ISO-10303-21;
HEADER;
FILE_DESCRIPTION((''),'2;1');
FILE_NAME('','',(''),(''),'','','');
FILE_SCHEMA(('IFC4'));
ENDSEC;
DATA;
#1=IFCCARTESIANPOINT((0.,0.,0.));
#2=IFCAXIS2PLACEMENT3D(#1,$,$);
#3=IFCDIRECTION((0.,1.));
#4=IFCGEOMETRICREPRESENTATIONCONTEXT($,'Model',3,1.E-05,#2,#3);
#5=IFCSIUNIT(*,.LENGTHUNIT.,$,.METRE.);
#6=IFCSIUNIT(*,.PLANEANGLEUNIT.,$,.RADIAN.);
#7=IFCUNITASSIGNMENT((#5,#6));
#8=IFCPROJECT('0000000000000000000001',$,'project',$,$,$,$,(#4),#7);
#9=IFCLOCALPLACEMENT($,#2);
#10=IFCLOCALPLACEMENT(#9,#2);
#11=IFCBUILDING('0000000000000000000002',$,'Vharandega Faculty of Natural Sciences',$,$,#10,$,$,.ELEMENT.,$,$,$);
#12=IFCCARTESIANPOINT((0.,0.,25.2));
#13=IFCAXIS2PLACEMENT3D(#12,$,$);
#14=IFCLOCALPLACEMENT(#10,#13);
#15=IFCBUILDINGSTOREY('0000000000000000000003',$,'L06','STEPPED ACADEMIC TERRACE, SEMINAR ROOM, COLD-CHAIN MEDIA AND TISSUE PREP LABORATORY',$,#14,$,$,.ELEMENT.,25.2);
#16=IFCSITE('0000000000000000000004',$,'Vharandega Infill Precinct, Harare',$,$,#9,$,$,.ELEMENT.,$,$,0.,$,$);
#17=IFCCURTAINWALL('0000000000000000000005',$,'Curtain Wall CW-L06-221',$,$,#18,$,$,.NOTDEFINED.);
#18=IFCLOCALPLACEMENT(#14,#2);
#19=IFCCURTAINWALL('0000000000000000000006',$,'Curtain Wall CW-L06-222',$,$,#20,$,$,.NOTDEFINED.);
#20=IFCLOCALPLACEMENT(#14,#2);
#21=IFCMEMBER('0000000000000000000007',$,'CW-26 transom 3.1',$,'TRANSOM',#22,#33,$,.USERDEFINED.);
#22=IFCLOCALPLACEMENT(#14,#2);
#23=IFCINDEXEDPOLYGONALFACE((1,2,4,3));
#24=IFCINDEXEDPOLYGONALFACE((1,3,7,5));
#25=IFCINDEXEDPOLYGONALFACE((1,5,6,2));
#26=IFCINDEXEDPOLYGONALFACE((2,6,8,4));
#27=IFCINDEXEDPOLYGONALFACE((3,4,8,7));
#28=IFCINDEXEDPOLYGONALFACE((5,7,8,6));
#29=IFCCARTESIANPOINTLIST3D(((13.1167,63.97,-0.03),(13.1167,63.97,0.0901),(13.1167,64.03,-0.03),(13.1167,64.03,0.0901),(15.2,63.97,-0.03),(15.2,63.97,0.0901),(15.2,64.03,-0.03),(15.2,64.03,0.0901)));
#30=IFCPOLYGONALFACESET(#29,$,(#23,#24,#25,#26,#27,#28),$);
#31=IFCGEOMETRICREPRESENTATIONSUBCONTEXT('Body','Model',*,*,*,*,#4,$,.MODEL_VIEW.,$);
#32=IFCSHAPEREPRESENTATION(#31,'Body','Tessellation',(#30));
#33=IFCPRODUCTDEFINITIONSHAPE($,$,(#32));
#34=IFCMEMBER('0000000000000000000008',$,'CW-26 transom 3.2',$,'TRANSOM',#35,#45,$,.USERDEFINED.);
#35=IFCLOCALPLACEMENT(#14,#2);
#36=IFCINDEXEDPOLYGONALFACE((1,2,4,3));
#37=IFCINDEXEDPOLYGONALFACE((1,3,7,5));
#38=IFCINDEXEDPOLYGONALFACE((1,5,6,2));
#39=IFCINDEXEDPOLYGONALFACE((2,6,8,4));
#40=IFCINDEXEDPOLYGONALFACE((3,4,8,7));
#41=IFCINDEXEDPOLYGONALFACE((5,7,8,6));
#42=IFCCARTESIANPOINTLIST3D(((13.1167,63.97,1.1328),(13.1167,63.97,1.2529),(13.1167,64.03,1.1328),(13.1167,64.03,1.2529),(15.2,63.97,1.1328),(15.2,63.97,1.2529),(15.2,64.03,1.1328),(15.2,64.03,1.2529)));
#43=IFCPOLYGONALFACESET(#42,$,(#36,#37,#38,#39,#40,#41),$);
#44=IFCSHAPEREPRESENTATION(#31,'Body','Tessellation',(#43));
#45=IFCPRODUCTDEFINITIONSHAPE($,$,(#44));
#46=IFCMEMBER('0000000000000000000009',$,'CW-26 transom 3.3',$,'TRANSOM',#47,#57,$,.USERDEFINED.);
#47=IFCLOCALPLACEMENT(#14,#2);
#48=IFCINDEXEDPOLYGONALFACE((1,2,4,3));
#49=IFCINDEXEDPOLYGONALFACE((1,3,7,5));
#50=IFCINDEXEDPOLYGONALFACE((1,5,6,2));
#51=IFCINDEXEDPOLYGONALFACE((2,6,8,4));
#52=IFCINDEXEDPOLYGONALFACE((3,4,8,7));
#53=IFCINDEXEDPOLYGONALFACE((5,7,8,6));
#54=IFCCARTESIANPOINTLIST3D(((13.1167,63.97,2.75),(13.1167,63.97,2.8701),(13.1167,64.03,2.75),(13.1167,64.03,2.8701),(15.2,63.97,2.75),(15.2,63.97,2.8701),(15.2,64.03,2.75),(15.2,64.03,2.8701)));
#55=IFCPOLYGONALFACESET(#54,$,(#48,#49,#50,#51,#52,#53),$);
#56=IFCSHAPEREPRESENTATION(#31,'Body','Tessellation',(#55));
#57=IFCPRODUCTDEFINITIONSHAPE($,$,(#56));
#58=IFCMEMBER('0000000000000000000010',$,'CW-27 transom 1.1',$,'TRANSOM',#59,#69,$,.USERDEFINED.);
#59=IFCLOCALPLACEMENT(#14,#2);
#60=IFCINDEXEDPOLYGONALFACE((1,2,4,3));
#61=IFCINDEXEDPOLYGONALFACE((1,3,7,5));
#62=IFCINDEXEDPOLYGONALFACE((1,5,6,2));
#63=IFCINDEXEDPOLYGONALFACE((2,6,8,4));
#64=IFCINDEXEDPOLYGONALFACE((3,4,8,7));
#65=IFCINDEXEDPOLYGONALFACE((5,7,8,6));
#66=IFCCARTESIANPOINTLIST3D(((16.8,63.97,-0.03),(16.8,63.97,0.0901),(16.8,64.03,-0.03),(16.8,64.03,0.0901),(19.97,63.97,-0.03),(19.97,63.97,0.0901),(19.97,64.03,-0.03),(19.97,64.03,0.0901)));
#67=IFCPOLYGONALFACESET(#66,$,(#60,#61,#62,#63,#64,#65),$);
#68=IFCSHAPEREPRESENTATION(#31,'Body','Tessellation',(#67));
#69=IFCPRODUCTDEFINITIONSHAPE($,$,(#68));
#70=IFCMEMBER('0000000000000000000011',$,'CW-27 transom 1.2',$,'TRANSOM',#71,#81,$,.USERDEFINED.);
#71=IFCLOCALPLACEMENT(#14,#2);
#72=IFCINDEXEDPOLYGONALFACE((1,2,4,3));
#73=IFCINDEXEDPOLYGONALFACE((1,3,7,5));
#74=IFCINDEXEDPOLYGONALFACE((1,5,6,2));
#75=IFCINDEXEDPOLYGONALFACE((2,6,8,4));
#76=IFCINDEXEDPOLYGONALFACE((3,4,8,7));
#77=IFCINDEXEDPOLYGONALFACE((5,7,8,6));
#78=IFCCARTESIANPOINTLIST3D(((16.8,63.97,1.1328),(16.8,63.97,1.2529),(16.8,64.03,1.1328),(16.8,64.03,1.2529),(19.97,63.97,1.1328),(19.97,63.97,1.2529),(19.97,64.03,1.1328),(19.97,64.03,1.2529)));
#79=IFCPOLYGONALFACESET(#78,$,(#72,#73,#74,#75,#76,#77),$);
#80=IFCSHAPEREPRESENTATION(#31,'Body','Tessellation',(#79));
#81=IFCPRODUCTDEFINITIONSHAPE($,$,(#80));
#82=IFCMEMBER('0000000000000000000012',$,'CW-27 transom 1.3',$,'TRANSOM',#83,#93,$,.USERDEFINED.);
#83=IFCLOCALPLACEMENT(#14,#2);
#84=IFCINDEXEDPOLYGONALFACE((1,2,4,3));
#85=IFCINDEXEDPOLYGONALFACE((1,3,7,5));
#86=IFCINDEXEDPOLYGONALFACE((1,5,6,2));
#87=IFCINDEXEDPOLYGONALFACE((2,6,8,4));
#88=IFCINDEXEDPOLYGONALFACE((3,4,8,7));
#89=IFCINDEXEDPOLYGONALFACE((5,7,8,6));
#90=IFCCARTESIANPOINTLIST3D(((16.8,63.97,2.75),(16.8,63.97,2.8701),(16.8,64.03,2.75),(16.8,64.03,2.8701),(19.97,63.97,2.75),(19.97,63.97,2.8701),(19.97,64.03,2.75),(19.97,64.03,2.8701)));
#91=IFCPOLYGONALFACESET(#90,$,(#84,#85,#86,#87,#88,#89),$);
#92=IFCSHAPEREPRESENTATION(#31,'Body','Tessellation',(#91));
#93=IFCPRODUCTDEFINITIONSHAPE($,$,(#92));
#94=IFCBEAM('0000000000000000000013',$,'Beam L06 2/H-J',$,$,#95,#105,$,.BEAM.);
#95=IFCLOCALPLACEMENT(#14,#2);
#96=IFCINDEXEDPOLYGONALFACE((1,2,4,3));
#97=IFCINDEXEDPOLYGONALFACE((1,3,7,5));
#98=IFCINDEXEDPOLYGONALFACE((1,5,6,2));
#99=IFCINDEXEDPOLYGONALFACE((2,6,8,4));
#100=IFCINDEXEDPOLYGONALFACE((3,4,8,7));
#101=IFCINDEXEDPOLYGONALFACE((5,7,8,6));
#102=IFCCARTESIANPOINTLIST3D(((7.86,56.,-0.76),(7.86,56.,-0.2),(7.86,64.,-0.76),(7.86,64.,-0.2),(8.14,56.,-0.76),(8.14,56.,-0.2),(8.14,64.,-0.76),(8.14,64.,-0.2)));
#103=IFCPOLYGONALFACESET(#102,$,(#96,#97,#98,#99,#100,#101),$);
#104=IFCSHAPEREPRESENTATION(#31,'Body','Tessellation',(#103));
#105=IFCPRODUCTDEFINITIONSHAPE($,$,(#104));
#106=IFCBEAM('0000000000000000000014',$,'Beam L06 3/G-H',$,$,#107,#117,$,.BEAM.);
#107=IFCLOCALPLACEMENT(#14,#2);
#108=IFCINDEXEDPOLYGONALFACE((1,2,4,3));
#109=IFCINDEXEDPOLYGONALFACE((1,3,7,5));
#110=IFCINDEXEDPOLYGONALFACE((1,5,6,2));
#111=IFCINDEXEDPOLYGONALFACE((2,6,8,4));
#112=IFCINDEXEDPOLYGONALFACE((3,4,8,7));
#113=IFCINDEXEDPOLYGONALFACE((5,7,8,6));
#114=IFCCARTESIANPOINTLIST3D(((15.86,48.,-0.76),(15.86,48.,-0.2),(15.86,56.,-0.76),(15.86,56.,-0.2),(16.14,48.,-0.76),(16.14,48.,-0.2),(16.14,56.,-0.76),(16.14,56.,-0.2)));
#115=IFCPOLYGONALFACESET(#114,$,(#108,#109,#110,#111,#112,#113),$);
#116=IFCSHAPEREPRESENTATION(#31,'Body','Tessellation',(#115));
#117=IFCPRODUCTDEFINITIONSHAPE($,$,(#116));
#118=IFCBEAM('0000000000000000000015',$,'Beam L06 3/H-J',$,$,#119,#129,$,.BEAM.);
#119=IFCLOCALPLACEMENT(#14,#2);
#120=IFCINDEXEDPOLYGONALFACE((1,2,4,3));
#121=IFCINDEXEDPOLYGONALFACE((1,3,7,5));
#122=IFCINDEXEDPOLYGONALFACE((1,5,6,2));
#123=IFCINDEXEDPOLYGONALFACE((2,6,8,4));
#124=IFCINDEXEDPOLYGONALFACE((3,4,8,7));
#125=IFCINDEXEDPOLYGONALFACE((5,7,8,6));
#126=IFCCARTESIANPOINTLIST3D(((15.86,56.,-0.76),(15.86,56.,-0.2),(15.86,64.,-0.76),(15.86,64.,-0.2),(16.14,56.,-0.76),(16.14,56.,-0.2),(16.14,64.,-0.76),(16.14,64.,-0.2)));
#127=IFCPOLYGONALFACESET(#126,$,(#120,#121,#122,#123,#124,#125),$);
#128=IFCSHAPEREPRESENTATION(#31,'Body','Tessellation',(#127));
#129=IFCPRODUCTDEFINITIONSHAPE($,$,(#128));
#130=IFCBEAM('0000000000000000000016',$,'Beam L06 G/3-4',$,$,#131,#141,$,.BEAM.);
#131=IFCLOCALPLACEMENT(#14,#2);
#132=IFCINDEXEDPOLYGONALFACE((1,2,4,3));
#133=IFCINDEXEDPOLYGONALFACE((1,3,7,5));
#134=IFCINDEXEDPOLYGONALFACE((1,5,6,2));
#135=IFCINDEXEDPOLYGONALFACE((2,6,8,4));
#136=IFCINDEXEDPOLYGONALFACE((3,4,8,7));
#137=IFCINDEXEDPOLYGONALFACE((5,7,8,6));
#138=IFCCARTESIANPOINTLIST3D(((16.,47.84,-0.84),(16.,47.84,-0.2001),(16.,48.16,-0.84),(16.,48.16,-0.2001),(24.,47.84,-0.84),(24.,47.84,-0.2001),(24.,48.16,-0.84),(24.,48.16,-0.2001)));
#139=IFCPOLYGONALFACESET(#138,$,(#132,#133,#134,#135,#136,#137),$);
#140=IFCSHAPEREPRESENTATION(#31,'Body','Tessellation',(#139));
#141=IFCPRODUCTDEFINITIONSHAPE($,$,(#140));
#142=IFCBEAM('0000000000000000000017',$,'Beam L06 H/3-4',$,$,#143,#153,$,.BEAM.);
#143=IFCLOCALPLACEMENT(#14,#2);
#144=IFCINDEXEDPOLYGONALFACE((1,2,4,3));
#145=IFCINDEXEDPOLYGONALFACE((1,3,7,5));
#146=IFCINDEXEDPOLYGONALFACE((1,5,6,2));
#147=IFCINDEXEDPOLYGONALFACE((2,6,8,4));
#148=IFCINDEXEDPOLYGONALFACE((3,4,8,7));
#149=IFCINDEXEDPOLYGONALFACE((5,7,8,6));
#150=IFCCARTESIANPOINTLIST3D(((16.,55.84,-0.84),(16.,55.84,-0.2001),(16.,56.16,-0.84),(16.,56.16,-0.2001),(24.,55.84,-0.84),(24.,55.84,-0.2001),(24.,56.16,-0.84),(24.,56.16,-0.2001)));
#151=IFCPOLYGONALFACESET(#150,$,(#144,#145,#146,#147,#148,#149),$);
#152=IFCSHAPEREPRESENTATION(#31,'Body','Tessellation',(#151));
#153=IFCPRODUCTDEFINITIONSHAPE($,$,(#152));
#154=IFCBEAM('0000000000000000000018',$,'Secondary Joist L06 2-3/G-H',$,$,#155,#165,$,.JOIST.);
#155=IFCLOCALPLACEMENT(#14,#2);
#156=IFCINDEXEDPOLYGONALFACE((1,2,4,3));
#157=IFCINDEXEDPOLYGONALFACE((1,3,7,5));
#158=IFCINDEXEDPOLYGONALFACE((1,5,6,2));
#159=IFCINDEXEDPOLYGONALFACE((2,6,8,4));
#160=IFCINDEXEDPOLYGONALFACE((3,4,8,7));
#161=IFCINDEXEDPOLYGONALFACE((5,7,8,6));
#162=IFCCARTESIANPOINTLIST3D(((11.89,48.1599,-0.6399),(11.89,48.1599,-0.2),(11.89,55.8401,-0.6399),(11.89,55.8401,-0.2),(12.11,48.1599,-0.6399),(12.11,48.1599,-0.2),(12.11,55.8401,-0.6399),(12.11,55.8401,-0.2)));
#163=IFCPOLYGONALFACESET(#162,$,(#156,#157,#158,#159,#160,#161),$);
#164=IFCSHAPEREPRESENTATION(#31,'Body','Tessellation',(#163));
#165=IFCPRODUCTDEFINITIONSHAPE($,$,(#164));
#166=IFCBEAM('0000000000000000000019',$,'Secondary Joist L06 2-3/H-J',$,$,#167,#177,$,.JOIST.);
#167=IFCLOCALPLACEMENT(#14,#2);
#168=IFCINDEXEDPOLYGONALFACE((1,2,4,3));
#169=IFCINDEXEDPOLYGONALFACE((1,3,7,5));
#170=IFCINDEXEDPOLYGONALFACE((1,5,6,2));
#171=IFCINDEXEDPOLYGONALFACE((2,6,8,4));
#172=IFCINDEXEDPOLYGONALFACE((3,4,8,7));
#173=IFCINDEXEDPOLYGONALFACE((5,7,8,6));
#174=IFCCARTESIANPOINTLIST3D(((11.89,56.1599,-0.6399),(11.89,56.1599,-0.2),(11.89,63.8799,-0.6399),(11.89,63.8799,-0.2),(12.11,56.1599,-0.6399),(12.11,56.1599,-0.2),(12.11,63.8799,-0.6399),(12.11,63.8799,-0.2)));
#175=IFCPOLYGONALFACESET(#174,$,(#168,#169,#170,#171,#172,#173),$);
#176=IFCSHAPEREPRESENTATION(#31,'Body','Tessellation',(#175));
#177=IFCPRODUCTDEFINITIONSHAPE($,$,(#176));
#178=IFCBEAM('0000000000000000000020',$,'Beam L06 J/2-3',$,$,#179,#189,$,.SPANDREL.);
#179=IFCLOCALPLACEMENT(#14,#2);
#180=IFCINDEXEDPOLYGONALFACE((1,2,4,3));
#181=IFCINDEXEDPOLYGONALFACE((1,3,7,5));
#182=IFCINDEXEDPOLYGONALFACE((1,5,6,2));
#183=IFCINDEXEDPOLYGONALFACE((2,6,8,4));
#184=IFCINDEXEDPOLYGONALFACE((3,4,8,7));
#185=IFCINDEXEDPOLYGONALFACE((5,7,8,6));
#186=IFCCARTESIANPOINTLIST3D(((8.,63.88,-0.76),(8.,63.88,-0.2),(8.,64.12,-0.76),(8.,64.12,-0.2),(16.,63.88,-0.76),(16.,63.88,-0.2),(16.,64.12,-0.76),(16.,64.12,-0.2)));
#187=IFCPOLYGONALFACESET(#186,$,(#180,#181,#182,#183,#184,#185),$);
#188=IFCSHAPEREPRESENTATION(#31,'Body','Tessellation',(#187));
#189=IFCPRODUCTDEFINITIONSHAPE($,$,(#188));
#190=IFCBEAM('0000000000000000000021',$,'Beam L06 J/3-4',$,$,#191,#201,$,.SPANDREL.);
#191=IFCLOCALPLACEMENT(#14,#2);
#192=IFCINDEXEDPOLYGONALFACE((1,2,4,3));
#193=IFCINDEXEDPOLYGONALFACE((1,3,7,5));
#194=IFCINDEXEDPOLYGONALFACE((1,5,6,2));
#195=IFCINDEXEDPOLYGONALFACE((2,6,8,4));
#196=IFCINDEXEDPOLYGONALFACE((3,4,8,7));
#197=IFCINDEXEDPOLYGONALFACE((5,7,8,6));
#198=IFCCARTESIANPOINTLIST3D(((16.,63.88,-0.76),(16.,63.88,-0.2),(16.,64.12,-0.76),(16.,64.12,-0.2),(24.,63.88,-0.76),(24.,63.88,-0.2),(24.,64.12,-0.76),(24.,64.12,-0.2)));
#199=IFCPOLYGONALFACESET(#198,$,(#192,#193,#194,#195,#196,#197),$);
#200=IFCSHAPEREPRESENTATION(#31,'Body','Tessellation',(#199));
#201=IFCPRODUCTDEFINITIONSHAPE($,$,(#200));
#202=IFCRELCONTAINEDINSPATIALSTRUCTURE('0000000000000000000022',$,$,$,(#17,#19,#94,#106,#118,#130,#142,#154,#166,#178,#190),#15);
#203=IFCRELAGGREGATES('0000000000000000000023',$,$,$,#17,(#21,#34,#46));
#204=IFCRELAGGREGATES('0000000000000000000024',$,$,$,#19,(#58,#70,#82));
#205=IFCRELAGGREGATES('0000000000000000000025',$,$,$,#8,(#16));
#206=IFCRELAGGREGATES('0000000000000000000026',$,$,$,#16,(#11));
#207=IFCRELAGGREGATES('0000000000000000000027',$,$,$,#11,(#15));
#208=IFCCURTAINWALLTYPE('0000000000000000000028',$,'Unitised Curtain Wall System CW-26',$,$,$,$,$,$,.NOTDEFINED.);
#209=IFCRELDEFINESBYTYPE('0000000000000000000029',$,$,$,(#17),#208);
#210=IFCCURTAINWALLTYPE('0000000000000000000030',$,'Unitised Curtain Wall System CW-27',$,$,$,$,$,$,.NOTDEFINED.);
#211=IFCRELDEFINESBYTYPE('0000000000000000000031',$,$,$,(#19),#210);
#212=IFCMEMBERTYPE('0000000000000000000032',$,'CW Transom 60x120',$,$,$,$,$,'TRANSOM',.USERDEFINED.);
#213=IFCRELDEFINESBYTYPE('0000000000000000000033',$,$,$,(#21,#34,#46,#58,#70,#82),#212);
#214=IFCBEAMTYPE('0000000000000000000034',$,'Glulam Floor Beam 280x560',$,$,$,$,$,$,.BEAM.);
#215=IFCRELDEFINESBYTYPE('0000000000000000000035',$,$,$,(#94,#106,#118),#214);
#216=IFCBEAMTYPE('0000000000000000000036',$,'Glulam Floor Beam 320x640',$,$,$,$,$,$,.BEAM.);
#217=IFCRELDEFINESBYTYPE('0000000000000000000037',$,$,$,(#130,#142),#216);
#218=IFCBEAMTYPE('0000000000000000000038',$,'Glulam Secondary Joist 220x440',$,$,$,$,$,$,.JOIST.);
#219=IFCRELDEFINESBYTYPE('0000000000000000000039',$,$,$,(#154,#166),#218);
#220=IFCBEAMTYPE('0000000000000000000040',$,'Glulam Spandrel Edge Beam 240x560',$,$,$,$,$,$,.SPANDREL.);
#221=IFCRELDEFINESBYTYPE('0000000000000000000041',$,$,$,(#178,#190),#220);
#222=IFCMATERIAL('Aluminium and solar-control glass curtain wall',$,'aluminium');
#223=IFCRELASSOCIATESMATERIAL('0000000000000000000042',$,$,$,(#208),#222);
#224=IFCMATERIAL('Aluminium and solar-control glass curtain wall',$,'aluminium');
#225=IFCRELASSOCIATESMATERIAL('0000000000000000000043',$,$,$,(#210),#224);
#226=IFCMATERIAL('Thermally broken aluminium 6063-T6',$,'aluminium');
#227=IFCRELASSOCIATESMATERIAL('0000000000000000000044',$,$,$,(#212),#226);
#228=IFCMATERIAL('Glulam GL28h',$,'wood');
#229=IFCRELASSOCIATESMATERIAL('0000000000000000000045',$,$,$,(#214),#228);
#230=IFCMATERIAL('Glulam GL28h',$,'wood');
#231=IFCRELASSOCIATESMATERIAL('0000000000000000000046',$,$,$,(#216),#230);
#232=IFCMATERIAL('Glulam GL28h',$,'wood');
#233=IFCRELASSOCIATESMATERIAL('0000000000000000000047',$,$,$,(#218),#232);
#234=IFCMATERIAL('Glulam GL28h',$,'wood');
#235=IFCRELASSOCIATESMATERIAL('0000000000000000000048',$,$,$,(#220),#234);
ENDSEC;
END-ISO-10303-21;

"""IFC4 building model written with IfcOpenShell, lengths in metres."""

from ifc_helpers import new_model, si_unit, direction, frame, origin, origin_2d, place, context, subcontext, project, spatial, rectangle, extrude, material, material_profile, profile_set, type_object, element, aggregate, save


model = new_model("IFC4")

# Units and contexts
model_context = context("Model", 3, precision=1e-05, world=origin(), true_north=direction((0.0, 1.0)))
body_context = subcontext(model_context, "Body", "Model", "MODEL_VIEW")
ifc_project = project(units=[si_unit("LENGTHUNIT", "METRE"), si_unit("PLANEANGLEUNIT", "RADIAN")], contexts=[model_context])

# Site, building, storey
site_placement = place(None, origin())
site = spatial("IfcSite", under=ifc_project, at=site_placement, Name="Vharandega Infill Precinct, Harare", CompositionType="ELEMENT", RefElevation=0.0)
building_placement = place(site_placement, origin())
building = spatial("IfcBuilding", under=site, at=building_placement, Name="Vharandega Faculty of Natural Sciences", CompositionType="ELEMENT")
storey_placement = place(building_placement, frame((0.0, 0.0, 25.2)))
storey = spatial("IfcBuildingStorey", under=building, at=storey_placement, Name="L06", Description="STEPPED ACADEMIC TERRACE, SEMINAR ROOM, COLD-CHAIN MEDIA AND TISSUE PREP LABORATORY", CompositionType="ELEMENT", Elevation=25.2)

# Curtain wall
ifc_material_1 = material(Name="Aluminium and solar-control glass curtain wall", Category="aluminium")
curtain_wall_type_1 = type_object("IfcCurtainWallType", Name="Unitised Curtain Wall System CW-26", PredefinedType="NOTDEFINED", material=ifc_material_1)
curtain_wall_1_placement = place(storey_placement, origin())
curtain_wall_1 = element("IfcCurtainWall", 1, at=curtain_wall_1_placement, inside=storey, type_object=curtain_wall_type_1, Name="Curtain Wall CW-L06-221", PredefinedType="NOTDEFINED")

# Curtain wall
ifc_material_2 = material(Name="Aluminium and solar-control glass curtain wall", Category="aluminium")
curtain_wall_type_2 = type_object("IfcCurtainWallType", Name="Unitised Curtain Wall System CW-27", PredefinedType="NOTDEFINED", material=ifc_material_2)
curtain_wall_2_placement = place(storey_placement, origin())
curtain_wall_2 = element("IfcCurtainWall", 2, at=curtain_wall_2_placement, inside=storey, type_object=curtain_wall_type_2, Name="Curtain Wall CW-L06-222", PredefinedType="NOTDEFINED")

# Members
ifc_material_3 = material(Name="Thermally broken aluminium 6063-T6", Category="aluminium")
ifc_material_profile_1 = material_profile(ifc_material_3, rectangle(XDim=0.0601, YDim=0.1201, at=origin_2d()), Name="ALU 60x120")
ifc_profile_set_1 = profile_set([ifc_material_profile_1], Name="Thermally broken aluminium 6063-T6")
member_type_1 = type_object("IfcMemberType", Name="CW Transom 60x120", ElementType="TRANSOM", PredefinedType="USERDEFINED", material=ifc_profile_set_1)
member_1_placement = place(storey_placement, frame((13.1167, 64.0, 0.03), z_axis=(1.0, 0.0, 0.0), x_axis=(0.0, 1.0, 0.0)))
member_1 = element("IfcMember", 3, at=member_1_placement, type_object=member_type_1, Name="CW-26 transom 3.1", ObjectType="TRANSOM", PredefinedType="USERDEFINED", context=body_context, shape_type="SweptSolid", body=[
    extrude(rectangle(XDim=0.0601, YDim=0.1201, at=origin_2d()), origin(), (0.0, 0.0, 1.0), 2.0833),
])
member_2_placement = place(storey_placement, frame((13.1167, 64.0, 1.1929), z_axis=(1.0, 0.0, 0.0), x_axis=(0.0, 1.0, 0.0)))
member_2 = element("IfcMember", 4, at=member_2_placement, type_object=member_type_1, Name="CW-26 transom 3.2", ObjectType="TRANSOM", PredefinedType="USERDEFINED", context=body_context, shape_type="SweptSolid", body=[
    extrude(rectangle(XDim=0.0601, YDim=0.1201, at=origin_2d()), origin(), (0.0, 0.0, 1.0), 2.0833),
])
member_3_placement = place(storey_placement, frame((13.1167, 64.0, 2.8101), z_axis=(1.0, 0.0, 0.0), x_axis=(0.0, 1.0, 0.0)))
member_3 = element("IfcMember", 5, at=member_3_placement, type_object=member_type_1, Name="CW-26 transom 3.3", ObjectType="TRANSOM", PredefinedType="USERDEFINED", context=body_context, shape_type="SweptSolid", body=[
    extrude(rectangle(XDim=0.0601, YDim=0.1201, at=origin_2d()), origin(), (0.0, 0.0, 1.0), 2.0833),
])
member_4_placement = place(storey_placement, frame((16.8, 64.0, 0.03), z_axis=(1.0, 0.0, 0.0), x_axis=(0.0, 1.0, 0.0)))
member_4 = element("IfcMember", 6, at=member_4_placement, type_object=member_type_1, Name="CW-27 transom 1.1", ObjectType="TRANSOM", PredefinedType="USERDEFINED", context=body_context, shape_type="SweptSolid", body=[
    extrude(rectangle(XDim=0.0601, YDim=0.1201, at=origin_2d()), origin(), (0.0, 0.0, 1.0), 3.1699),
])
member_5_placement = place(storey_placement, frame((16.8, 64.0, 1.1929), z_axis=(1.0, 0.0, 0.0), x_axis=(0.0, 1.0, 0.0)))
member_5 = element("IfcMember", 7, at=member_5_placement, type_object=member_type_1, Name="CW-27 transom 1.2", ObjectType="TRANSOM", PredefinedType="USERDEFINED", context=body_context, shape_type="SweptSolid", body=[
    extrude(rectangle(XDim=0.0601, YDim=0.1201, at=origin_2d()), origin(), (0.0, 0.0, 1.0), 3.1699),
])
member_6_placement = place(storey_placement, frame((16.8, 64.0, 2.8101), z_axis=(1.0, 0.0, 0.0), x_axis=(0.0, 1.0, 0.0)))
member_6 = element("IfcMember", 8, at=member_6_placement, type_object=member_type_1, Name="CW-27 transom 1.3", ObjectType="TRANSOM", PredefinedType="USERDEFINED", context=body_context, shape_type="SweptSolid", body=[
    extrude(rectangle(XDim=0.0601, YDim=0.1201, at=origin_2d()), origin(), (0.0, 0.0, 1.0), 3.1699),
])

# Beams
ifc_material_4 = material(Name="Glulam GL28h", Category="wood")
ifc_material_profile_2 = material_profile(ifc_material_4, rectangle(XDim=0.28, YDim=0.5601, at=origin_2d()), Name="GL28h 280x560")
ifc_profile_set_2 = profile_set([ifc_material_profile_2], Name="Glulam GL28h")
beam_type_1 = type_object("IfcBeamType", Name="Glulam Floor Beam 280x560", PredefinedType="BEAM", material=ifc_profile_set_2)
for number, where, z_axis, x_axis, name in (
    (9, (8.0, 56.0, -0.48), (0.0, 1.0, 0.0), (-1.0, 0.0, 0.0), "Beam L06 2/H-J"),
    (10, (16.0, 48.0, -0.48), (0.0, 1.0, 0.0), (-1.0, 0.0, 0.0), "Beam L06 3/G-H"),
    (11, (16.0, 56.0, -0.48), (0.0, 1.0, 0.0), (-1.0, 0.0, 0.0), "Beam L06 3/H-J"),
):
    element("IfcBeam", number, at=place(storey_placement, frame(where, z_axis=z_axis, x_axis=x_axis)), inside=storey, type_object=beam_type_1, Name=name, PredefinedType="BEAM", context=body_context, shape_type="SweptSolid", body=[
        extrude(rectangle(XDim=0.28, YDim=0.5601, at=origin_2d()), origin(), (0.0, 0.0, 1.0), 8.0),
    ])
ifc_material_5 = material(Name="Glulam GL28h", Category="wood")
ifc_material_profile_3 = material_profile(ifc_material_5, rectangle(XDim=0.3201, YDim=0.6399, at=origin_2d()), Name="GL28h 320x640")
ifc_profile_set_3 = profile_set([ifc_material_profile_3], Name="Glulam GL28h")
beam_type_2 = type_object("IfcBeamType", Name="Glulam Floor Beam 320x640", PredefinedType="BEAM", material=ifc_profile_set_3)
for number, where, z_axis, x_axis, name in (
    (12, (16.0, 48.0, -0.52), (1.0, 0.0, 0.0), (0.0, 1.0, 0.0), "Beam L06 G/3-4"),
    (13, (16.0, 56.0, -0.52), (1.0, 0.0, 0.0), (0.0, 1.0, 0.0), "Beam L06 H/3-4"),
):
    element("IfcBeam", number, at=place(storey_placement, frame(where, z_axis=z_axis, x_axis=x_axis)), inside=storey, type_object=beam_type_2, Name=name, PredefinedType="BEAM", context=body_context, shape_type="SweptSolid", body=[
        extrude(rectangle(XDim=0.3201, YDim=0.6399, at=origin_2d()), origin(), (0.0, 0.0, 1.0), 8.0),
    ])
ifc_material_6 = material(Name="Glulam GL28h", Category="wood")
ifc_material_profile_4 = material_profile(ifc_material_6, rectangle(XDim=0.22, YDim=0.4399, at=origin_2d()), Name="GL28h 220x440")
ifc_profile_set_4 = profile_set([ifc_material_profile_4], Name="Glulam GL28h")
beam_type_3 = type_object("IfcBeamType", Name="Glulam Secondary Joist 220x440", PredefinedType="JOIST", material=ifc_profile_set_4)
beam_1_placement = place(storey_placement, frame((12.0, 48.1599, -0.4199), z_axis=(0.0, 1.0, 0.0), x_axis=(-1.0, 0.0, 0.0)))
element("IfcBeam", 14, at=beam_1_placement, inside=storey, type_object=beam_type_3, Name="Secondary Joist L06 2-3/G-H", PredefinedType="JOIST", context=body_context, shape_type="SweptSolid", body=[
    extrude(rectangle(XDim=0.22, YDim=0.4399, at=origin_2d()), origin(), (0.0, 0.0, 1.0), 7.6802),
])
beam_2_placement = place(storey_placement, frame((12.0, 56.1599, -0.4199), z_axis=(0.0, 1.0, 0.0), x_axis=(-1.0, 0.0, 0.0)))
element("IfcBeam", 15, at=beam_2_placement, inside=storey, type_object=beam_type_3, Name="Secondary Joist L06 2-3/H-J", PredefinedType="JOIST", context=body_context, shape_type="SweptSolid", body=[
    extrude(rectangle(XDim=0.22, YDim=0.4399, at=origin_2d()), origin(), (0.0, 0.0, 1.0), 7.72),
])
ifc_material_7 = material(Name="Glulam GL28h", Category="wood")
ifc_material_profile_5 = material_profile(ifc_material_7, rectangle(XDim=0.24, YDim=0.5601, at=origin_2d()), Name="GL28h 240x560")
ifc_profile_set_5 = profile_set([ifc_material_profile_5], Name="Glulam GL28h")
beam_type_4 = type_object("IfcBeamType", Name="Glulam Spandrel Edge Beam 240x560", PredefinedType="SPANDREL", material=ifc_profile_set_5)
for number, where, z_axis, x_axis, name in (
    (16, (8.0, 64.0, -0.48), (1.0, 0.0, 0.0), (0.0, 1.0, 0.0), "Beam L06 J/2-3"),
    (17, (16.0, 64.0, -0.48), (1.0, 0.0, 0.0), (0.0, 1.0, 0.0), "Beam L06 J/3-4"),
):
    element("IfcBeam", number, at=place(storey_placement, frame(where, z_axis=z_axis, x_axis=x_axis)), inside=storey, type_object=beam_type_4, Name=name, PredefinedType="SPANDREL", context=body_context, shape_type="SweptSolid", body=[
        extrude(rectangle(XDim=0.24, YDim=0.5601, at=origin_2d()), origin(), (0.0, 0.0, 1.0), 8.0),
    ])

aggregate(curtain_wall_1, [member_1, member_2, member_3])
aggregate(curtain_wall_2, [member_4, member_5, member_6])

save(model, "model.ifc")
